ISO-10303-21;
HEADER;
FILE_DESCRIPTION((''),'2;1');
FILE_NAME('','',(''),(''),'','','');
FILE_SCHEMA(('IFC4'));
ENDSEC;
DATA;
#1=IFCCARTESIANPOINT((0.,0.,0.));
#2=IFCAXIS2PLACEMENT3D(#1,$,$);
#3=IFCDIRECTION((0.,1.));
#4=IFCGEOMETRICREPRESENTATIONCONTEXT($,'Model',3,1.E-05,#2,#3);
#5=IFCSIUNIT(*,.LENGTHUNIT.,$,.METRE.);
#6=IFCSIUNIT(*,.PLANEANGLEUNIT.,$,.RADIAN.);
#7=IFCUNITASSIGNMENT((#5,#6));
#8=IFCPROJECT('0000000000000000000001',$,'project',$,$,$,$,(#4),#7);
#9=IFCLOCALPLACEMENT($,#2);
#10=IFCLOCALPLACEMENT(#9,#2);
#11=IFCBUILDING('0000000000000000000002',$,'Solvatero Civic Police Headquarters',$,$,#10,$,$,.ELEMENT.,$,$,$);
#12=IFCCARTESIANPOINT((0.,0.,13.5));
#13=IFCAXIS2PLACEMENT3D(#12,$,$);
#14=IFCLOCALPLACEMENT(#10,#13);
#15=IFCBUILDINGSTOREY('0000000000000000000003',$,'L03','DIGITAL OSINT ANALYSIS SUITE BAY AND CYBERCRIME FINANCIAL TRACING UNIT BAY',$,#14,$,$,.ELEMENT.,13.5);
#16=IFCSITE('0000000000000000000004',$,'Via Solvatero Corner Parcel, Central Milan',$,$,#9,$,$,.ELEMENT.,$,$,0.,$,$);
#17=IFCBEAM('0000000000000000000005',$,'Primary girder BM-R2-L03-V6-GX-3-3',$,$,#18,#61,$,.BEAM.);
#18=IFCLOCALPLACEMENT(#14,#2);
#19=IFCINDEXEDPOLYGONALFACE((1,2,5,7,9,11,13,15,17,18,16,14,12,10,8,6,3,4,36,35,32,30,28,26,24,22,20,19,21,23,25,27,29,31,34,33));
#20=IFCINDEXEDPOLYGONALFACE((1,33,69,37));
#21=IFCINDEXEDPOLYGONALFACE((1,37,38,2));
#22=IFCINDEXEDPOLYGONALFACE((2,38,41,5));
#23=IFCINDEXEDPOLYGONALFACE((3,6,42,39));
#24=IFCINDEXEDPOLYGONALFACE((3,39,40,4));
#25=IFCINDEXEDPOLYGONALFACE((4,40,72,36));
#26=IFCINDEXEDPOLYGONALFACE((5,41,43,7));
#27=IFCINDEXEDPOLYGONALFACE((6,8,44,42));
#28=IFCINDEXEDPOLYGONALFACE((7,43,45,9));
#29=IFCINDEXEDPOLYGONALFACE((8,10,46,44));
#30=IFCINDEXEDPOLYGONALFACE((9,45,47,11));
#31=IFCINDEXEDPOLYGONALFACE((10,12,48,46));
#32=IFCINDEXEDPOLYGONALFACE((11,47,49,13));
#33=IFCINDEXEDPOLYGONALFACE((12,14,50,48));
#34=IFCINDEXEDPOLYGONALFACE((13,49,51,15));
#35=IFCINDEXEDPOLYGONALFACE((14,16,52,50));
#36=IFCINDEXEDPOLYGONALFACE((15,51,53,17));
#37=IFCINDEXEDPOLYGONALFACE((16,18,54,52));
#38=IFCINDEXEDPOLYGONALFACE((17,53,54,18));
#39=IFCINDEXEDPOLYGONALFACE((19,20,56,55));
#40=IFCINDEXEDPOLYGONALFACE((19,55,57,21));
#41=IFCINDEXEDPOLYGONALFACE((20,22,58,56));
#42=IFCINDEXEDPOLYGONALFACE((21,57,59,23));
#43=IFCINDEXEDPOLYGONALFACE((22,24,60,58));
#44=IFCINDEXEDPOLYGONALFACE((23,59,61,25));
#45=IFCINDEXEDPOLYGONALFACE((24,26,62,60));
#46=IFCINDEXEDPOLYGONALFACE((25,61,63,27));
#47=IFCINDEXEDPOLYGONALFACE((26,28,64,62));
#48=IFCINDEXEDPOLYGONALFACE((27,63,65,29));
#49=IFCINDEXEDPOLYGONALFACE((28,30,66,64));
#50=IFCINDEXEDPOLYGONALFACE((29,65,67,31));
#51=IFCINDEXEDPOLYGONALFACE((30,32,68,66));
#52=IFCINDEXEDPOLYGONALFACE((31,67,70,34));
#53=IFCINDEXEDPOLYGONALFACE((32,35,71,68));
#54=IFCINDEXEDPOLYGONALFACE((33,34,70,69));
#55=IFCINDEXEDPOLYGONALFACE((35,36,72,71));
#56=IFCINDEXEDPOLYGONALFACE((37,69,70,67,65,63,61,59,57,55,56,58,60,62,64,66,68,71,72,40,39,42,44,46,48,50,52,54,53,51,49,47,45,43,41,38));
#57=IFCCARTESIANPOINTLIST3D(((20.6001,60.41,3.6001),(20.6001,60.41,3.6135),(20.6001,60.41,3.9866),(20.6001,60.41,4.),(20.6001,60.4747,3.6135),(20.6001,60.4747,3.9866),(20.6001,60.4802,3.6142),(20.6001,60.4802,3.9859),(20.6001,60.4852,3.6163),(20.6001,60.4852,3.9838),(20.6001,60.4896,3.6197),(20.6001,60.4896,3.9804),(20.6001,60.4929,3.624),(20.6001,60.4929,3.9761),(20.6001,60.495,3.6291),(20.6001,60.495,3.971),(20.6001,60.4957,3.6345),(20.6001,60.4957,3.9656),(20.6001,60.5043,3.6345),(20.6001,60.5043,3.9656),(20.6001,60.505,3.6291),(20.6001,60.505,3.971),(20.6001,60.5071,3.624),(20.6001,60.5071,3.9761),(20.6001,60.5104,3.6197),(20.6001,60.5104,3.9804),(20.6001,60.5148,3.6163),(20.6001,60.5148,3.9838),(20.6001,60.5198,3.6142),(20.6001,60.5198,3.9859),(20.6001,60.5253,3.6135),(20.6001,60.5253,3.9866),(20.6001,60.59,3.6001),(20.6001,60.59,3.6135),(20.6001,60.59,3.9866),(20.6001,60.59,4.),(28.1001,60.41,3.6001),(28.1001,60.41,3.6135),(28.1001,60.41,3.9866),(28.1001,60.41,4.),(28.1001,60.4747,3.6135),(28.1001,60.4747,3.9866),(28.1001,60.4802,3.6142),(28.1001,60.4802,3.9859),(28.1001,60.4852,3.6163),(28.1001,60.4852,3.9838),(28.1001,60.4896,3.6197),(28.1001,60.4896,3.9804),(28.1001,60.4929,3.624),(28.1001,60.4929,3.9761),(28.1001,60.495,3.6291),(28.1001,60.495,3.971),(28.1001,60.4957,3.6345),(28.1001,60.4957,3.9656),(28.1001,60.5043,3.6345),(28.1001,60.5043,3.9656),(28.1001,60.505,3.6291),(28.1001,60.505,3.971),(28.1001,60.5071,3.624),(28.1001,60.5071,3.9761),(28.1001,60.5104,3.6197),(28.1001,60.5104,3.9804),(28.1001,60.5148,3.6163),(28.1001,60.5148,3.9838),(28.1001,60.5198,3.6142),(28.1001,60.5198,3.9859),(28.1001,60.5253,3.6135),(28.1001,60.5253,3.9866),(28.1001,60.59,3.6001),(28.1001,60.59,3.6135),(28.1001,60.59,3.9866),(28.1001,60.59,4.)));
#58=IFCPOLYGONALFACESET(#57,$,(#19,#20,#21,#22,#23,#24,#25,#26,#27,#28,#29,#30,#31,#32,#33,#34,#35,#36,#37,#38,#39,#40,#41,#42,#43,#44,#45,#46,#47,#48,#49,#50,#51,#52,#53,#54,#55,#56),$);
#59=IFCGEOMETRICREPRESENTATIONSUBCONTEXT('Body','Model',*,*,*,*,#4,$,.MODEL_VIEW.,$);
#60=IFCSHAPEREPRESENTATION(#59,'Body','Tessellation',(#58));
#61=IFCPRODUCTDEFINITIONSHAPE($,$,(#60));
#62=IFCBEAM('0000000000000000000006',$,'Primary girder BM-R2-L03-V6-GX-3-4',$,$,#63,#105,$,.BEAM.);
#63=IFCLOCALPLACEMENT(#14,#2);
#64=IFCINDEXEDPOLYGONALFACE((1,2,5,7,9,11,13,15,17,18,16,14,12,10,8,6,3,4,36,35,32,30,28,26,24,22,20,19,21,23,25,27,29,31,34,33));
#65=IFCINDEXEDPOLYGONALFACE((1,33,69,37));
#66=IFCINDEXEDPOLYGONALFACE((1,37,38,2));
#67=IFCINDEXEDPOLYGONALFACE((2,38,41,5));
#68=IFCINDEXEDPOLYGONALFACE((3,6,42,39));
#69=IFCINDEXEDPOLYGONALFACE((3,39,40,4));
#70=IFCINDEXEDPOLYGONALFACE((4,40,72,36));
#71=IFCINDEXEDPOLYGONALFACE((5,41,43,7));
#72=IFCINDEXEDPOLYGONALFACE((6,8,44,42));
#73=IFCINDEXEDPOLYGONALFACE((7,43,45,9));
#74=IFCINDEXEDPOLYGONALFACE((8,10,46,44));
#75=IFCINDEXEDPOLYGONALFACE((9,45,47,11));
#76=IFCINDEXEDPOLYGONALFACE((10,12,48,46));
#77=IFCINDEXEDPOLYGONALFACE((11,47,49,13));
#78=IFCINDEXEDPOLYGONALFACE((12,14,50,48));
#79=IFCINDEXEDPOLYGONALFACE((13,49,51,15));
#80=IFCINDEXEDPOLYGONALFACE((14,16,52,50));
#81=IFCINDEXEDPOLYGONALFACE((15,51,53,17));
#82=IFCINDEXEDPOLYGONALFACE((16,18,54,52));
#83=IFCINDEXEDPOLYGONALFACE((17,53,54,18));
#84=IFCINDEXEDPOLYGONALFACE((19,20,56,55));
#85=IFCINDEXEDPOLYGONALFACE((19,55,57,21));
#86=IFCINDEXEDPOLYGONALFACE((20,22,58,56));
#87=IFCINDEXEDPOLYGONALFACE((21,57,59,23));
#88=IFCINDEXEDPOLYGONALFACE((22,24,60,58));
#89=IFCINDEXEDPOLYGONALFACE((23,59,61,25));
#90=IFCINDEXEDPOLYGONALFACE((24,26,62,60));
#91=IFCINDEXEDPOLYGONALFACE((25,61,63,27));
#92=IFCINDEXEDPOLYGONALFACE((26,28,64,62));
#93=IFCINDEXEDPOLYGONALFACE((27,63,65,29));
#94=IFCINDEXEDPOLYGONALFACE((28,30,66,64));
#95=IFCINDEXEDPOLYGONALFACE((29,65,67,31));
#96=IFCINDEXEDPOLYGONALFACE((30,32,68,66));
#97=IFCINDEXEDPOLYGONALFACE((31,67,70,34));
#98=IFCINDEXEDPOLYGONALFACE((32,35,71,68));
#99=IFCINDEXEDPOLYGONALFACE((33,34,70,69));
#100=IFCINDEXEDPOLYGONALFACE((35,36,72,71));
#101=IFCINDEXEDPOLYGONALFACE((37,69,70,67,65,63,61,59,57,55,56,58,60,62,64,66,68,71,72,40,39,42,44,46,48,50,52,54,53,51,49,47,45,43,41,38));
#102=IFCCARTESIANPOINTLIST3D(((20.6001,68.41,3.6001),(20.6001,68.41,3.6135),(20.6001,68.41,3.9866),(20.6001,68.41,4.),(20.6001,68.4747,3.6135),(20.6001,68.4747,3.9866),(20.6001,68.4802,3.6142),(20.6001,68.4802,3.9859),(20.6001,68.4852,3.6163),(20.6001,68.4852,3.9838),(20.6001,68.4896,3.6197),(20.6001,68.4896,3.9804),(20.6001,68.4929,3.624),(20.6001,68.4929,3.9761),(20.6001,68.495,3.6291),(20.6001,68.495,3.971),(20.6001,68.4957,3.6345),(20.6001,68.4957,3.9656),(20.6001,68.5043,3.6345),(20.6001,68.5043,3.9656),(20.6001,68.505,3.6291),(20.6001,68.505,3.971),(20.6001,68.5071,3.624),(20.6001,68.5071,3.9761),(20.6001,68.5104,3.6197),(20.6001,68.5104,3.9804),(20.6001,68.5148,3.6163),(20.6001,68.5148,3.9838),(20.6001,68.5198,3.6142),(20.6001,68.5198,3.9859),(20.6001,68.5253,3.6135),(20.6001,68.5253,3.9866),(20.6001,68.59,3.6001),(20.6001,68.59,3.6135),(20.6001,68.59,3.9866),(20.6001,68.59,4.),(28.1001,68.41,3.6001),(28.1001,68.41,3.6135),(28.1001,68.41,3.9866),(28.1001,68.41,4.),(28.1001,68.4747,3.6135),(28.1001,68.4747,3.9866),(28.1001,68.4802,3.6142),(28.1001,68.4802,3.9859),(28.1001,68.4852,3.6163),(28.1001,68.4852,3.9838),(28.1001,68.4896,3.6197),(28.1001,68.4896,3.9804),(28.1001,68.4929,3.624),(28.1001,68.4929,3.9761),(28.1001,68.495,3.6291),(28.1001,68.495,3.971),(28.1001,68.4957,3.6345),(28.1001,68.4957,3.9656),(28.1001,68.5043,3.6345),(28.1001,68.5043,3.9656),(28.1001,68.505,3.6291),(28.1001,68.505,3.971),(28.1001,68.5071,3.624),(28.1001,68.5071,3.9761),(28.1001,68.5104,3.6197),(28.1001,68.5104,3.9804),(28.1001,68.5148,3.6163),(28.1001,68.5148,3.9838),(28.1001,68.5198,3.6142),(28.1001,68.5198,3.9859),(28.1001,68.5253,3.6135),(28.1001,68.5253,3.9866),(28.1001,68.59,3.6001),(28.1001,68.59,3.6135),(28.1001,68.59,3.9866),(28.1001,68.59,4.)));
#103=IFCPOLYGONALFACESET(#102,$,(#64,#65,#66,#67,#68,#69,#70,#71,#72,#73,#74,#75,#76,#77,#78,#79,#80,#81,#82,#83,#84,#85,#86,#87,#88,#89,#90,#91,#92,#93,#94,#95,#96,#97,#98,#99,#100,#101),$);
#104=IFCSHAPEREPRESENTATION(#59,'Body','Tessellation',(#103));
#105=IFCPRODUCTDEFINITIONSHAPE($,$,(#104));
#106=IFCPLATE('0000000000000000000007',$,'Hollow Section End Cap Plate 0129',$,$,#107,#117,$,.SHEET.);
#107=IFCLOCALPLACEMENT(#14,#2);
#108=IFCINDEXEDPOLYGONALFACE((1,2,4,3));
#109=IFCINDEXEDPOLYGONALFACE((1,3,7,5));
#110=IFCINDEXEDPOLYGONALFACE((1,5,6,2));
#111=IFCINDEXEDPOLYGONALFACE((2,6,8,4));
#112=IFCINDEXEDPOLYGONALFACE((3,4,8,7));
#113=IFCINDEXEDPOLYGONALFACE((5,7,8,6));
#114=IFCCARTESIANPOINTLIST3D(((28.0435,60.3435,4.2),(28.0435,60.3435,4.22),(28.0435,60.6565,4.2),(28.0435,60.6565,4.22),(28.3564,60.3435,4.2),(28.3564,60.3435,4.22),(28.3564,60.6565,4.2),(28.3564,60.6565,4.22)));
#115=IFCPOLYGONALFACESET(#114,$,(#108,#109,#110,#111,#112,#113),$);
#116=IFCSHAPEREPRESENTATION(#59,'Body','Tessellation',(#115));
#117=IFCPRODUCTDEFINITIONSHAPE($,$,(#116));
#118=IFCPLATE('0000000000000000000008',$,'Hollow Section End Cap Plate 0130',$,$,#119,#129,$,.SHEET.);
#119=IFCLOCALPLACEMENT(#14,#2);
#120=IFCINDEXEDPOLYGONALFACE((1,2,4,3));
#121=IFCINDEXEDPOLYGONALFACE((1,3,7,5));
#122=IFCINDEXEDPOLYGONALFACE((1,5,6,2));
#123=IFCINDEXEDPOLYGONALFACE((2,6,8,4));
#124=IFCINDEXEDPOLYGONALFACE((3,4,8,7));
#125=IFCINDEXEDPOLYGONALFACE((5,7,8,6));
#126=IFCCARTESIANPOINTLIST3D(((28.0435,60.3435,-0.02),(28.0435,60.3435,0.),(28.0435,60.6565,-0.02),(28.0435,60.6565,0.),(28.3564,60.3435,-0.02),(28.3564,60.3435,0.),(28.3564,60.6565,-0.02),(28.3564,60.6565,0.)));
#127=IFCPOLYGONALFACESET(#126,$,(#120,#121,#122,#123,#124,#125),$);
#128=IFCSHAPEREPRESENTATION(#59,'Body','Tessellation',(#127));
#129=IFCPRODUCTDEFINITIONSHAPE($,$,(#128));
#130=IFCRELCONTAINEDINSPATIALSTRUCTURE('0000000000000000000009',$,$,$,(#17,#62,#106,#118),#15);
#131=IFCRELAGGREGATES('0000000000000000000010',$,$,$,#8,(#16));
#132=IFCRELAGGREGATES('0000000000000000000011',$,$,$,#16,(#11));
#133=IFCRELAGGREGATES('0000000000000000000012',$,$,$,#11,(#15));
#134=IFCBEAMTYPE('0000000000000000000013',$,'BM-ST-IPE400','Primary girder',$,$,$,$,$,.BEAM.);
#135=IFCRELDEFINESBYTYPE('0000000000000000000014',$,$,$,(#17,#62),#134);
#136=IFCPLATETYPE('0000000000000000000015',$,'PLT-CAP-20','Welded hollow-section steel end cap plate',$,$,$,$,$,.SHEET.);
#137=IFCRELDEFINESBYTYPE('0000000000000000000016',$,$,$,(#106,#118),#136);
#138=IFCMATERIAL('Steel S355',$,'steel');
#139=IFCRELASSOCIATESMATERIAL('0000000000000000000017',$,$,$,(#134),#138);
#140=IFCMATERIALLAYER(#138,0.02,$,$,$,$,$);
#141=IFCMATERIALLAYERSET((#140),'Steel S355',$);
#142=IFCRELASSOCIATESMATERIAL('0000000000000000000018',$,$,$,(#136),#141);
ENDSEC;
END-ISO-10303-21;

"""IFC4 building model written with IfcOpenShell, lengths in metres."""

from ifc_helpers import new_model, si_unit, direction, frame, origin, origin_2d, place, context, subcontext, project, spatial, rectangle, i_section, extrude, material, layer, layer_set, material_profile, profile_set, type_object, element, save


model = new_model("IFC4")

# Units and contexts
model_context = context("Model", 3, precision=1e-05, world=origin(), true_north=direction((0.0, 1.0)))
body_context = subcontext(model_context, "Body", "Model", "MODEL_VIEW")
ifc_project = project(units=[si_unit("LENGTHUNIT", "METRE"), si_unit("PLANEANGLEUNIT", "RADIAN")], contexts=[model_context])

# Site, building, storey
site_placement = place(None, origin())
site = spatial("IfcSite", under=ifc_project, at=site_placement, Name="Via Solvatero Corner Parcel, Central Milan", CompositionType="ELEMENT", RefElevation=0.0)
building_placement = place(site_placement, origin())
building = spatial("IfcBuilding", under=site, at=building_placement, Name="Solvatero Civic Police Headquarters", CompositionType="ELEMENT")
storey_placement = place(building_placement, frame((0.0, 0.0, 13.5)))
storey = spatial("IfcBuildingStorey", under=building, at=storey_placement, Name="L03", Description="DIGITAL OSINT ANALYSIS SUITE BAY AND CYBERCRIME FINANCIAL TRACING UNIT BAY", CompositionType="ELEMENT", Elevation=13.5)

# Shared definitions
ifc_material_1 = material(Name="Steel S355", Category="steel")

# Beams
ifc_material_profile_1 = material_profile(ifc_material_1, i_section(OverallWidth=0.1799, OverallDepth=0.3999, WebThickness=0.0085, FlangeThickness=0.0134, FilletRadius=0.021, at=origin_2d()), Name="IPE 400")
ifc_profile_set_1 = profile_set([ifc_material_profile_1], Name="Steel S355")
beam_type_1 = type_object("IfcBeamType", Name="BM-ST-IPE400", Description="Primary girder", PredefinedType="BEAM", material=ifc_profile_set_1)
for number, where, z_axis, x_axis, name in (
    (1, (20.6001, 60.5, 3.8), (1.0, 0.0, 0.0), (0.0, 1.0, 0.0), "Primary girder BM-R2-L03-V6-GX-3-3"),
    (2, (20.6001, 68.5, 3.8), (1.0, 0.0, 0.0), (0.0, 1.0, 0.0), "Primary girder BM-R2-L03-V6-GX-3-4"),
):
    element("IfcBeam", number, at=place(storey_placement, frame(where, z_axis=z_axis, x_axis=x_axis)), inside=storey, type_object=beam_type_1, Name=name, PredefinedType="BEAM", context=body_context, shape_type="SweptSolid", body=[
        extrude(i_section(OverallWidth=0.1799, OverallDepth=0.3999, WebThickness=0.0085, FlangeThickness=0.0134, FilletRadius=0.021, at=origin_2d()), origin(), (0.0, 0.0, 1.0), 7.5),
    ])

# Plates
ifc_layer_1 = layer(ifc_material_1, 0.02)
ifc_layer_set_1 = layer_set([ifc_layer_1], Name="Steel S355")
plate_type = type_object("IfcPlateType", Name="PLT-CAP-20", Description="Welded hollow-section steel end cap plate", PredefinedType="SHEET", material=ifc_layer_set_1)
for number, where, z_axis, x_axis, name in (
    (3, (28.2, 60.5, 4.2), (0.0, 0.0, 1.0), (1.0, 0.0, 0.0), "Hollow Section End Cap Plate 0129"),
    (4, (28.2, 60.5, -0.02), (0.0, 0.0, 1.0), (1.0, 0.0, 0.0), "Hollow Section End Cap Plate 0130"),
):
    element("IfcPlate", number, at=place(storey_placement, frame(where, z_axis=z_axis, x_axis=x_axis)), inside=storey, type_object=plate_type, Name=name, PredefinedType="SHEET", context=body_context, shape_type="SweptSolid", body=[
        extrude(rectangle(XDim=0.313, YDim=0.313, at=origin_2d()), origin(), (0.0, 0.0, 1.0), 0.02),
    ])

save(model, "model.ifc")
